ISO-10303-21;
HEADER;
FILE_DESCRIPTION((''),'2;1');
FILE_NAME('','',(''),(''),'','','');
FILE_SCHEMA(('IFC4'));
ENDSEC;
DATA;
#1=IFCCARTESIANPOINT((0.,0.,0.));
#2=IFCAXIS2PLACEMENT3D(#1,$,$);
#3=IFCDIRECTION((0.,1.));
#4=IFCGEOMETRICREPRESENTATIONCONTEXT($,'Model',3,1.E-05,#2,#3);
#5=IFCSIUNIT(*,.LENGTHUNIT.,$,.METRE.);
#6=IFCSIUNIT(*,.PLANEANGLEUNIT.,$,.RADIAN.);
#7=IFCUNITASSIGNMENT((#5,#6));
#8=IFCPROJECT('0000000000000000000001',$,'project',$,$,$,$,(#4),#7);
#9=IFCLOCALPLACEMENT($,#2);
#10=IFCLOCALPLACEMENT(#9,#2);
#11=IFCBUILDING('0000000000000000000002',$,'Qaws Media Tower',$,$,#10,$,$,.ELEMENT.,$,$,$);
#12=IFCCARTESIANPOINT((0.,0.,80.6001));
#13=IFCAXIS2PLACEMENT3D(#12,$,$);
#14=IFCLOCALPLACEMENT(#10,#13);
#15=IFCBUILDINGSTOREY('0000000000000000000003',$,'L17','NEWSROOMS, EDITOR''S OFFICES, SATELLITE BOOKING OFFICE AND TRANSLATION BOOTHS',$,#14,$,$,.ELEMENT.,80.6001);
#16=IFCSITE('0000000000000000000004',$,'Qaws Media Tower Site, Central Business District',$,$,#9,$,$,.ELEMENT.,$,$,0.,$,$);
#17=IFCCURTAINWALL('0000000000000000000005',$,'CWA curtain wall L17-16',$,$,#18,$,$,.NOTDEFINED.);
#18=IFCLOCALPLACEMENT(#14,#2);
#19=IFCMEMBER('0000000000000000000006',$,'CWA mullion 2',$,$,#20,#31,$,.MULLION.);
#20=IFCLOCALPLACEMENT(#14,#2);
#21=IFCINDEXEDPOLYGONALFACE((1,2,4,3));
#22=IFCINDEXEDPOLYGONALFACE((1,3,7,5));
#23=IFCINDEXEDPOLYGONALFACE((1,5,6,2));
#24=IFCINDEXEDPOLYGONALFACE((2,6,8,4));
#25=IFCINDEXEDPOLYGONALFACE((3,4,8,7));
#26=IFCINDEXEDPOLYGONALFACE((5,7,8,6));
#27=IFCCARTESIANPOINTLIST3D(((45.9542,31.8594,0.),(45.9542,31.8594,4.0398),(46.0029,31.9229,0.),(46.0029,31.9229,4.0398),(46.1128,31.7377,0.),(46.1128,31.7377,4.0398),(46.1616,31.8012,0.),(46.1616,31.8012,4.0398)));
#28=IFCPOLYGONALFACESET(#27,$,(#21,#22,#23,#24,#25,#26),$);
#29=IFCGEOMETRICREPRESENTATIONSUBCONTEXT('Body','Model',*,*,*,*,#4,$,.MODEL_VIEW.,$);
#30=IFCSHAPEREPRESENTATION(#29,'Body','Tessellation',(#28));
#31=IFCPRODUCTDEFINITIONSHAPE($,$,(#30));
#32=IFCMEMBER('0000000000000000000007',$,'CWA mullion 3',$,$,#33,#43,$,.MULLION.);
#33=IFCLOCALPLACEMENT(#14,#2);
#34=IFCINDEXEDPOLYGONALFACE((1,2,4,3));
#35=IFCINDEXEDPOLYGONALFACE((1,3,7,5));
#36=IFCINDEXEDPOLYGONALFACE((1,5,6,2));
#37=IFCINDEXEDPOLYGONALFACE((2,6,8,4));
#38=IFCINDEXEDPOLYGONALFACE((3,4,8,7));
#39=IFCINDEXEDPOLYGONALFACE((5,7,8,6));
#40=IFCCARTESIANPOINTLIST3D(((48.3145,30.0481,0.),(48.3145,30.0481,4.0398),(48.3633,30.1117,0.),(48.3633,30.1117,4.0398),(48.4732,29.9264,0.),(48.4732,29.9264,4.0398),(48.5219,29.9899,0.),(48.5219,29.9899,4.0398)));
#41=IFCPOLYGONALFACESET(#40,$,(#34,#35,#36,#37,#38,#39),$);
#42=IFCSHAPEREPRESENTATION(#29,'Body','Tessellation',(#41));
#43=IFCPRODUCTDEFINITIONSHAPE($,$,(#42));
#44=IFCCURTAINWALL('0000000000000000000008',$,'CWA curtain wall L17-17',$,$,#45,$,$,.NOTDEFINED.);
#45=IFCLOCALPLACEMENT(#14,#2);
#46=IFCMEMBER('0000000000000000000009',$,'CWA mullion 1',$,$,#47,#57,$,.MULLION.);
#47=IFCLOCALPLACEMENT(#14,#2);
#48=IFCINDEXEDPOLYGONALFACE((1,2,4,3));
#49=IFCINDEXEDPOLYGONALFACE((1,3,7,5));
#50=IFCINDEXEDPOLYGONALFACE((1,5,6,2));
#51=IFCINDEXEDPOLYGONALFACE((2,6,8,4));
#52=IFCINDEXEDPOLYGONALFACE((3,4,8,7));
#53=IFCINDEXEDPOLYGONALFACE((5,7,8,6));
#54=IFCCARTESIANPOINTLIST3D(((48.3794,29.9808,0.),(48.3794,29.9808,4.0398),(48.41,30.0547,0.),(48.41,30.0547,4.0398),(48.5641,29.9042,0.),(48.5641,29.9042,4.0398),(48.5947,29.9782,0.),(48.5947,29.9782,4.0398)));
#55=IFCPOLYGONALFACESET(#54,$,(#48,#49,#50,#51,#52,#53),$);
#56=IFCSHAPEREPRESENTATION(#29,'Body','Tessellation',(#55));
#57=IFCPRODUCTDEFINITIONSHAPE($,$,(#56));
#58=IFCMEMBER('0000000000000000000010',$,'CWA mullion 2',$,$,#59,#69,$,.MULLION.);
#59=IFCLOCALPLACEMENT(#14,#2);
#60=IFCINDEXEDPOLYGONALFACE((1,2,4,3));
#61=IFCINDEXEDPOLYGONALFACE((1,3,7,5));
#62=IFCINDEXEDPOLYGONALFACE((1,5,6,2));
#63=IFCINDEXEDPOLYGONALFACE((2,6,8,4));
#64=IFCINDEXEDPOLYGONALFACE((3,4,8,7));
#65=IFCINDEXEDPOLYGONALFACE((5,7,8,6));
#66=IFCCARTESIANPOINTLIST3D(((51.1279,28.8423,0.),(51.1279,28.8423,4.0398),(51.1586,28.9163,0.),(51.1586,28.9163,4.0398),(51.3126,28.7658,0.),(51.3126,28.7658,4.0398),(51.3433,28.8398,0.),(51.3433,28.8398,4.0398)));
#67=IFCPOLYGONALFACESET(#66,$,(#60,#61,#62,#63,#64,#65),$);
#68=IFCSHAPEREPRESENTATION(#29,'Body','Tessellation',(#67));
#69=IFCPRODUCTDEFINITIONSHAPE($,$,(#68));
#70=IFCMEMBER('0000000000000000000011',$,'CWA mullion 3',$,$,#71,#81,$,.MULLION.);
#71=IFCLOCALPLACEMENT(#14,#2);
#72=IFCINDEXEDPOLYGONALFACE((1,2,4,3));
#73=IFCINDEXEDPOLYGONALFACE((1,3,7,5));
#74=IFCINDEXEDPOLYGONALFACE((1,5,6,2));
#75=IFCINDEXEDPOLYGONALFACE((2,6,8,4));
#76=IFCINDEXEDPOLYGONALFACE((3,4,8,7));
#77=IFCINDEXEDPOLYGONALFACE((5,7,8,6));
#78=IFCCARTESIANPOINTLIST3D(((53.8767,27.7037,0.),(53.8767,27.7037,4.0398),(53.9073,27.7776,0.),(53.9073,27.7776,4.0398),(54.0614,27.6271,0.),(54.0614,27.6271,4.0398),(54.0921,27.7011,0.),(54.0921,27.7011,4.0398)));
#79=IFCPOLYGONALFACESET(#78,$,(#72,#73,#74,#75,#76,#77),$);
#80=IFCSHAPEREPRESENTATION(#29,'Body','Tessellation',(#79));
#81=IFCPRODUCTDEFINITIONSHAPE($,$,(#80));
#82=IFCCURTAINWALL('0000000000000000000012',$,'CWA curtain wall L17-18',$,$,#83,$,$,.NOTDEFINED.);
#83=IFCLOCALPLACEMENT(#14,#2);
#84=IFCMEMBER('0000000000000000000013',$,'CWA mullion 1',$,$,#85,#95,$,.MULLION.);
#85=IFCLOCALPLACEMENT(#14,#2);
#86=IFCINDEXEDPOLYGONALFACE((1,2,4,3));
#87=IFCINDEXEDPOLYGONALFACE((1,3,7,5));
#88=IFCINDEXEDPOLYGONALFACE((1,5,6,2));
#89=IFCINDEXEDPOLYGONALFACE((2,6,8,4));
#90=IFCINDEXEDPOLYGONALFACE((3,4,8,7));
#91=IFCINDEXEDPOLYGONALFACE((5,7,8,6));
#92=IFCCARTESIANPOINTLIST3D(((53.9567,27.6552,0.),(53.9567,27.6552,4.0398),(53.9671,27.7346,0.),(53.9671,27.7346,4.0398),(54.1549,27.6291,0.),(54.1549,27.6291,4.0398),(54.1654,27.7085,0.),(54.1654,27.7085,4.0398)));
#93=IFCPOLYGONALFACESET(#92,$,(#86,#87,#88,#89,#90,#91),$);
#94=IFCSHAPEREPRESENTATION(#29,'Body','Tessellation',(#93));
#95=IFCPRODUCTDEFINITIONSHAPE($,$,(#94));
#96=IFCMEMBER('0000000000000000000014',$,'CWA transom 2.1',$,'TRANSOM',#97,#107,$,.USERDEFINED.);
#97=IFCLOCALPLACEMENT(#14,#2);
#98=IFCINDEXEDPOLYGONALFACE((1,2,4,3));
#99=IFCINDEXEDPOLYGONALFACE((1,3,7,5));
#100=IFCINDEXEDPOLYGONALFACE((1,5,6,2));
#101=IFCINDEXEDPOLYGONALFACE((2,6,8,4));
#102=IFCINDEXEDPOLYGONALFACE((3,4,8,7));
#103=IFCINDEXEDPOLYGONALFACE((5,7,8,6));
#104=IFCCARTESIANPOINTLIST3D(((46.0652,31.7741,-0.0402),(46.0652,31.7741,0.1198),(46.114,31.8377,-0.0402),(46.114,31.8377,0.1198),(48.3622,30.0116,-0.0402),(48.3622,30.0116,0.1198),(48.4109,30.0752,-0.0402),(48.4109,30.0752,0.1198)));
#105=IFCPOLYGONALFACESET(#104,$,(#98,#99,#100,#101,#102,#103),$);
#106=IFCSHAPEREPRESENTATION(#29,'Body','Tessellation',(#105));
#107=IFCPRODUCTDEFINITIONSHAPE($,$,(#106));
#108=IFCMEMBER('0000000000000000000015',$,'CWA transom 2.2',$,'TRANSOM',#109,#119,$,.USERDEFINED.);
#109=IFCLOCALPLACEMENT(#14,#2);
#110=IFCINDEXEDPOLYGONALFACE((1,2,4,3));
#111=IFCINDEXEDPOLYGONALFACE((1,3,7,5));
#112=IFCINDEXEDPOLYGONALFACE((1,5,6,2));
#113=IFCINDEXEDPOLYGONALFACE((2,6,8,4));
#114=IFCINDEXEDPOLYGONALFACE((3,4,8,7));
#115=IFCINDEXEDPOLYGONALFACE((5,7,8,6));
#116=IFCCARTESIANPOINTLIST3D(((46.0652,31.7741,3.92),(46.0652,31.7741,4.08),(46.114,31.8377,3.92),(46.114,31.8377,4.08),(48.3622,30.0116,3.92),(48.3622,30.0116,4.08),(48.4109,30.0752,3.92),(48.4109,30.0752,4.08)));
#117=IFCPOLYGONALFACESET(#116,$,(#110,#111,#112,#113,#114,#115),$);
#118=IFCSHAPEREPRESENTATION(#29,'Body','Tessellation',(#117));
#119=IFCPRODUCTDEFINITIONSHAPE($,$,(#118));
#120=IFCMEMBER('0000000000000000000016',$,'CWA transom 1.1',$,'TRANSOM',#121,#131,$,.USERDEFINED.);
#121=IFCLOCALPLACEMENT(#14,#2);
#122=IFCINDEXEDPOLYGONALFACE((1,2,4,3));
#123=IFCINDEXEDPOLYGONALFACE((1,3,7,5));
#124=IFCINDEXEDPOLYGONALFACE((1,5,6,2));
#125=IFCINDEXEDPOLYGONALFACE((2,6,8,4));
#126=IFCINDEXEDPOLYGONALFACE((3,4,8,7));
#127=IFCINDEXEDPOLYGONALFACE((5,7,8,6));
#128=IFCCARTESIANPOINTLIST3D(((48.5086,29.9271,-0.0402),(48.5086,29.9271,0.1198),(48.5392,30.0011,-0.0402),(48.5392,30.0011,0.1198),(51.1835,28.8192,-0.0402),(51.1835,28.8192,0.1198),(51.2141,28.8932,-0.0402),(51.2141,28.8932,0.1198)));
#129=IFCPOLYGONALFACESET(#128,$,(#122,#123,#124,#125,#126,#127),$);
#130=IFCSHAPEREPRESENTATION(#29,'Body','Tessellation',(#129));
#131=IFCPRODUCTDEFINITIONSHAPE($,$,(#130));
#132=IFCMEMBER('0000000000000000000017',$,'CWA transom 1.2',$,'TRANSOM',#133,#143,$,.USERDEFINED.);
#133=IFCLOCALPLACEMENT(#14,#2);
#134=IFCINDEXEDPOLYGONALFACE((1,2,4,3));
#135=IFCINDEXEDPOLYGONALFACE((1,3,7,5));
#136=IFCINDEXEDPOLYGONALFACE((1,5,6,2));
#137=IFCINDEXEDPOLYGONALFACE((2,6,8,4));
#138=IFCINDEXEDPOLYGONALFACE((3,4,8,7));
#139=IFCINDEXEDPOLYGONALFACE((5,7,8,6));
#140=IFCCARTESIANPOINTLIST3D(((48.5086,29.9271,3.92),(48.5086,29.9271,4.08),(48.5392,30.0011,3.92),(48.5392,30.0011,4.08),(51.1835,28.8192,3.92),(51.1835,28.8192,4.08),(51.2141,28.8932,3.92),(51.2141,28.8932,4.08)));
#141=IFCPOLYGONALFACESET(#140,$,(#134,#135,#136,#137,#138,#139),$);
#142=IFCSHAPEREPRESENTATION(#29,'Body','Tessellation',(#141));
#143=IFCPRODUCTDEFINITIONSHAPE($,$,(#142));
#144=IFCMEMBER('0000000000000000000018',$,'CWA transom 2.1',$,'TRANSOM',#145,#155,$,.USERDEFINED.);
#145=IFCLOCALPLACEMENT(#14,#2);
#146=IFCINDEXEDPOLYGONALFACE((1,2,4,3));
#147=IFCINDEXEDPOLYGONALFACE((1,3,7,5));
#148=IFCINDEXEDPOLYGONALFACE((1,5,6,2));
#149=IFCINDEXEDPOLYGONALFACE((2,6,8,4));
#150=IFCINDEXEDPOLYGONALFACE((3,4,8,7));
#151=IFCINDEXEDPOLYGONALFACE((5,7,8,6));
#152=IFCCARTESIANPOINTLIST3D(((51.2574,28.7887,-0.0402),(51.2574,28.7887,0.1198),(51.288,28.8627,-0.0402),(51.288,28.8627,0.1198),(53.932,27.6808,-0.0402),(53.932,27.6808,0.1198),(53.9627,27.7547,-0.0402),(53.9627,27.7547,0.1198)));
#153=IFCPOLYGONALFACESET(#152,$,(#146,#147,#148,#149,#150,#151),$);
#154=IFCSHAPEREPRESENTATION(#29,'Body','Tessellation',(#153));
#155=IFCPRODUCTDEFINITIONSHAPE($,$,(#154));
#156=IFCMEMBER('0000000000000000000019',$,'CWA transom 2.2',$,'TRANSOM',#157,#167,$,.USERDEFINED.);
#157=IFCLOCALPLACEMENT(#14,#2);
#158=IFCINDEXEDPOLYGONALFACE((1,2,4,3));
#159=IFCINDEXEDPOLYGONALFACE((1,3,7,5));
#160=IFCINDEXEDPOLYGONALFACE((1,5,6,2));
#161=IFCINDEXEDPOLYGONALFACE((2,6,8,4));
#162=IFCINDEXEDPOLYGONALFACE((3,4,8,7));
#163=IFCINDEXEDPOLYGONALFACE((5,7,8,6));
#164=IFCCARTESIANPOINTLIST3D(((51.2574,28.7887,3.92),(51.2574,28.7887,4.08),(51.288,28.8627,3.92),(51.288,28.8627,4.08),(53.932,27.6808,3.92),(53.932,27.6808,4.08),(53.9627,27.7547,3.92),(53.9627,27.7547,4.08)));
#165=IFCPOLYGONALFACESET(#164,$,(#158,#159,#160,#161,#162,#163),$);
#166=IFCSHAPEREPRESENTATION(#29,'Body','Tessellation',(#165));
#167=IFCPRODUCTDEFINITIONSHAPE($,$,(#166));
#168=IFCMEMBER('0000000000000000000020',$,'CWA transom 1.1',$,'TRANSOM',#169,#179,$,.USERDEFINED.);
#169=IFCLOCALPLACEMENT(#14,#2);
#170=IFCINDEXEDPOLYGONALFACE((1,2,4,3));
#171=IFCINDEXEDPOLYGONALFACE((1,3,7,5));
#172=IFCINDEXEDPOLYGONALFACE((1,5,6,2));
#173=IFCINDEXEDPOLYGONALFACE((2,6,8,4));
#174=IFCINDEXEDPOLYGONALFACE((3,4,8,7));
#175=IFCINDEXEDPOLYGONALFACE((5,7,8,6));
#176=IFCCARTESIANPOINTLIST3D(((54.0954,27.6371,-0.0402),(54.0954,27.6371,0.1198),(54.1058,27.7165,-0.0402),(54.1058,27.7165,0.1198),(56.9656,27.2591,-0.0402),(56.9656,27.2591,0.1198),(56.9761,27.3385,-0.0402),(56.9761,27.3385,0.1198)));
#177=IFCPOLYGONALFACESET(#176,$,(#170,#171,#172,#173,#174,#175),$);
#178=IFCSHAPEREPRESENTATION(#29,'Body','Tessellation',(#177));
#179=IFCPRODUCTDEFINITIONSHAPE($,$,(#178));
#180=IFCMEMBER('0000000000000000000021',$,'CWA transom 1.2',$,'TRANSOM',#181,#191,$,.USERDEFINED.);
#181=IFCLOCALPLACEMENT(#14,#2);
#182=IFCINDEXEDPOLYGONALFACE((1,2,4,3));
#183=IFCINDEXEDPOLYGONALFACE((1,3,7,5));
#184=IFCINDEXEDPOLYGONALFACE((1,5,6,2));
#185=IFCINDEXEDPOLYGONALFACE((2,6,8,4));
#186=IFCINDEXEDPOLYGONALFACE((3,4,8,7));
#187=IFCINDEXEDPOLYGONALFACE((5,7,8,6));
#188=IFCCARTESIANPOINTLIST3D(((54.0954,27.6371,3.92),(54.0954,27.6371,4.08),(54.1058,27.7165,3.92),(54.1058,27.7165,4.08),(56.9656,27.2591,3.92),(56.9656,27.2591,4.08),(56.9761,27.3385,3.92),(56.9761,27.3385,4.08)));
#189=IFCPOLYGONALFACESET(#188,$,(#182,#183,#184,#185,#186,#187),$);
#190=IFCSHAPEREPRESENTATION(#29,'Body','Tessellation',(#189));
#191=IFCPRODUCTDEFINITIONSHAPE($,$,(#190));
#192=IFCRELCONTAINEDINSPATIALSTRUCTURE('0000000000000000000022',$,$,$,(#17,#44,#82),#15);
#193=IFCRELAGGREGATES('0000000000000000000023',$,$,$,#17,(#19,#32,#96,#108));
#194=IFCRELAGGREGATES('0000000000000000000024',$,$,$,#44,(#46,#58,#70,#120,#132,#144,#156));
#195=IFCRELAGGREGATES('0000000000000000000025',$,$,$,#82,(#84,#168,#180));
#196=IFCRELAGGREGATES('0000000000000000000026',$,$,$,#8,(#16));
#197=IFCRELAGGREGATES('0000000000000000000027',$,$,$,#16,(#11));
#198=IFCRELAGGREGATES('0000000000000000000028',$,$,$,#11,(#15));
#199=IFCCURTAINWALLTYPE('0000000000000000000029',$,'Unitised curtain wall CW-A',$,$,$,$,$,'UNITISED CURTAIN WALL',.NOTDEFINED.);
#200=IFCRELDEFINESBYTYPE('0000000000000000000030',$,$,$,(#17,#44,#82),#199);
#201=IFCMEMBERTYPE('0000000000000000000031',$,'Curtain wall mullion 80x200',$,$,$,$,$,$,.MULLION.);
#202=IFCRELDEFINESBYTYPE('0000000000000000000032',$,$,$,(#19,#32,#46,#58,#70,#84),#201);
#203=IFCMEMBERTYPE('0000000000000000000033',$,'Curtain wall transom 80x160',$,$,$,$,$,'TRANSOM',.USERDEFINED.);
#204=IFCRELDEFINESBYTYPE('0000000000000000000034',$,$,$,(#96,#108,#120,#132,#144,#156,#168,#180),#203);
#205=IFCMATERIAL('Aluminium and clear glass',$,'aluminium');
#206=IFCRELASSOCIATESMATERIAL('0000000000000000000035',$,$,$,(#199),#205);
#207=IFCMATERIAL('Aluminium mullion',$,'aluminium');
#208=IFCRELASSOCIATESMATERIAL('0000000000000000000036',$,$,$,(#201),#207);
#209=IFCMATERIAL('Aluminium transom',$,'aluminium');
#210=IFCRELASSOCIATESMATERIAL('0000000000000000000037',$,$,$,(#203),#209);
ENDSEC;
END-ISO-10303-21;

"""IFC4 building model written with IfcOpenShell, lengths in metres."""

from ifc_helpers import new_model, si_unit, direction, frame, origin, origin_2d, place, context, subcontext, project, spatial, rectangle, extrude, material, material_profile, profile_set, type_object, element, aggregate, save


model = new_model("IFC4")

# Units and contexts
model_context = context("Model", 3, precision=1e-05, world=origin(), true_north=direction((0.0, 1.0)))
body_context = subcontext(model_context, "Body", "Model", "MODEL_VIEW")
ifc_project = project(units=[si_unit("LENGTHUNIT", "METRE"), si_unit("PLANEANGLEUNIT", "RADIAN")], contexts=[model_context])

# Site, building, storey
site_placement = place(None, origin())
site = spatial("IfcSite", under=ifc_project, at=site_placement, Name="Qaws Media Tower Site, Central Business District", CompositionType="ELEMENT", RefElevation=0.0)
building_placement = place(site_placement, origin())
building = spatial("IfcBuilding", under=site, at=building_placement, Name="Qaws Media Tower", CompositionType="ELEMENT")
storey_placement = place(building_placement, frame((0.0, 0.0, 80.6001)))
storey = spatial("IfcBuildingStorey", under=building, at=storey_placement, Name="L17", Description="NEWSROOMS, EDITOR'S OFFICES, SATELLITE BOOKING OFFICE AND TRANSLATION BOOTHS", CompositionType="ELEMENT", Elevation=80.6001)

# Curtain walls, members
ifc_material_1 = material(Name="Aluminium and clear glass", Category="aluminium")
curtain_wall_type = type_object("IfcCurtainWallType", Name="Unitised curtain wall CW-A", ElementType="UNITISED CURTAIN WALL", PredefinedType="NOTDEFINED", material=ifc_material_1)
curtain_wall_1_placement = place(storey_placement, origin())
curtain_wall_1 = element("IfcCurtainWall", 1, at=curtain_wall_1_placement, inside=storey, type_object=curtain_wall_type, Name="CWA curtain wall L17-16", PredefinedType="NOTDEFINED")
ifc_material_2 = material(Name="Aluminium mullion", Category="aluminium")
ifc_material_profile_1 = material_profile(ifc_material_2, rectangle(XDim=0.0801, YDim=0.2, at=origin_2d()), Name="80x200")
ifc_profile_set_1 = profile_set([ifc_material_profile_1], Name="Aluminium mullion")
member_type_1 = type_object("IfcMemberType", Name="Curtain wall mullion 80x200", PredefinedType="MULLION", material=ifc_profile_set_1)
member_1_placement = place(storey_placement, frame((46.0579, 31.8303, 0.0), z_axis=(0.0, 0.0, 1.0), x_axis=(0.608761, 0.793353, 0.0)))
member_1 = element("IfcMember", 2, at=member_1_placement, type_object=member_type_1, Name="CWA mullion 2", PredefinedType="MULLION", context=body_context, shape_type="SweptSolid", body=[
    extrude(rectangle(XDim=0.0801, YDim=0.2, at=origin_2d()), origin(), (0.0, 0.0, 1.0), 4.0398),
])
member_2_placement = place(storey_placement, frame((48.4182, 30.019, 0.0), z_axis=(0.0, 0.0, 1.0), x_axis=(0.608761, 0.793353, 0.0)))
member_2 = element("IfcMember", 3, at=member_2_placement, type_object=member_type_1, Name="CWA mullion 3", PredefinedType="MULLION", context=body_context, shape_type="SweptSolid", body=[
    extrude(rectangle(XDim=0.0801, YDim=0.2, at=origin_2d()), origin(), (0.0, 0.0, 1.0), 4.0398),
])
curtain_wall_2_placement = place(storey_placement, origin())
curtain_wall_2 = element("IfcCurtainWall", 4, at=curtain_wall_2_placement, inside=storey, type_object=curtain_wall_type, Name="CWA curtain wall L17-17", PredefinedType="NOTDEFINED")
member_3_placement = place(storey_placement, frame((48.4871, 29.9795, 0.0), z_axis=(0.0, 0.0, 1.0), x_axis=(0.382683, 0.92388, 0.0)))
member_3 = element("IfcMember", 5, at=member_3_placement, type_object=member_type_1, Name="CWA mullion 1", PredefinedType="MULLION", context=body_context, shape_type="SweptSolid", body=[
    extrude(rectangle(XDim=0.0801, YDim=0.2, at=origin_2d()), origin(), (0.0, 0.0, 1.0), 4.0398),
])
member_4_placement = place(storey_placement, frame((51.2356, 28.8411, 0.0), z_axis=(0.0, 0.0, 1.0), x_axis=(0.382683, 0.92388, 0.0)))
member_4 = element("IfcMember", 6, at=member_4_placement, type_object=member_type_1, Name="CWA mullion 2", PredefinedType="MULLION", context=body_context, shape_type="SweptSolid", body=[
    extrude(rectangle(XDim=0.0801, YDim=0.2, at=origin_2d()), origin(), (0.0, 0.0, 1.0), 4.0398),
])
member_5_placement = place(storey_placement, frame((53.9844, 27.7024, 0.0), z_axis=(0.0, 0.0, 1.0), x_axis=(0.382683, 0.92388, 0.0)))
member_5 = element("IfcMember", 7, at=member_5_placement, type_object=member_type_1, Name="CWA mullion 3", PredefinedType="MULLION", context=body_context, shape_type="SweptSolid", body=[
    extrude(rectangle(XDim=0.0801, YDim=0.2, at=origin_2d()), origin(), (0.0, 0.0, 1.0), 4.0398),
])

# Curtain wall, member
curtain_wall_3_placement = place(storey_placement, origin())
curtain_wall_3 = element("IfcCurtainWall", 8, at=curtain_wall_3_placement, inside=storey, type_object=curtain_wall_type, Name="CWA curtain wall L17-18", PredefinedType="NOTDEFINED")
member_6_placement = place(storey_placement, frame((54.061, 27.6819, 0.0), z_axis=(0.0, 0.0, 1.0), x_axis=(0.130526, 0.991445, 0.0)))
member_6 = element("IfcMember", 9, at=member_6_placement, type_object=member_type_1, Name="CWA mullion 1", PredefinedType="MULLION", context=body_context, shape_type="SweptSolid", body=[
    extrude(rectangle(XDim=0.0801, YDim=0.2, at=origin_2d()), origin(), (0.0, 0.0, 1.0), 4.0398),
])

# Members
ifc_material_3 = material(Name="Aluminium transom", Category="aluminium")
ifc_material_profile_2 = material_profile(ifc_material_3, rectangle(XDim=0.0801, YDim=0.1599, at=origin_2d()), Name="80x160")
ifc_profile_set_2 = profile_set([ifc_material_profile_2], Name="Aluminium transom")
member_type_2 = type_object("IfcMemberType", Name="Curtain wall transom 80x160", ElementType="TRANSOM", PredefinedType="USERDEFINED", material=ifc_profile_set_2)
member_7_placement = place(storey_placement, frame((46.0896, 31.8059, 0.0398), z_axis=(0.793354, -0.608761, 0.0), x_axis=(0.608761, 0.793354, 0.0)))
member_7 = element("IfcMember", 10, at=member_7_placement, type_object=member_type_2, Name="CWA transom 2.1", ObjectType="TRANSOM", PredefinedType="USERDEFINED", context=body_context, shape_type="SweptSolid", body=[
    extrude(rectangle(XDim=0.0801, YDim=0.1599, at=origin_2d()), origin(), (0.0, 0.0, 1.0), 2.8953),
])
member_8_placement = place(storey_placement, frame((46.0896, 31.8059, 4.0), z_axis=(0.793354, -0.608761, 0.0), x_axis=(0.608761, 0.793354, 0.0)))
member_8 = element("IfcMember", 11, at=member_8_placement, type_object=member_type_2, Name="CWA transom 2.2", ObjectType="TRANSOM", PredefinedType="USERDEFINED", context=body_context, shape_type="SweptSolid", body=[
    extrude(rectangle(XDim=0.0801, YDim=0.1599, at=origin_2d()), origin(), (0.0, 0.0, 1.0), 2.8953),
])
member_9_placement = place(storey_placement, frame((48.5239, 29.9641, 0.0398), z_axis=(0.923883, -0.382675, 0.0), x_axis=(0.382675, 0.923883, 0.0)))
member_9 = element("IfcMember", 12, at=member_9_placement, type_object=member_type_2, Name="CWA transom 1.1", ObjectType="TRANSOM", PredefinedType="USERDEFINED", context=body_context, shape_type="SweptSolid", body=[
    extrude(rectangle(XDim=0.0801, YDim=0.1599, at=origin_2d()), origin(), (0.0, 0.0, 1.0), 2.8953),
])
member_10_placement = place(storey_placement, frame((48.5239, 29.9641, 4.0), z_axis=(0.923883, -0.382675, 0.0), x_axis=(0.382675, 0.923883, 0.0)))
member_10 = element("IfcMember", 13, at=member_10_placement, type_object=member_type_2, Name="CWA transom 1.2", ObjectType="TRANSOM", PredefinedType="USERDEFINED", context=body_context, shape_type="SweptSolid", body=[
    extrude(rectangle(XDim=0.0801, YDim=0.1599, at=origin_2d()), origin(), (0.0, 0.0, 1.0), 2.8953),
])
member_11_placement = place(storey_placement, frame((51.2727, 28.8257, 0.0398), z_axis=(0.923871, -0.382704, 0.0), x_axis=(0.382704, 0.923871, 0.0)))
member_11 = element("IfcMember", 14, at=member_11_placement, type_object=member_type_2, Name="CWA transom 2.1", ObjectType="TRANSOM", PredefinedType="USERDEFINED", context=body_context, shape_type="SweptSolid", body=[
    extrude(rectangle(XDim=0.0801, YDim=0.1599, at=origin_2d()), origin(), (0.0, 0.0, 1.0), 2.895),
])
member_12_placement = place(storey_placement, frame((51.2727, 28.8257, 4.0), z_axis=(0.923871, -0.382704, 0.0), x_axis=(0.382704, 0.923871, 0.0)))
member_12 = element("IfcMember", 15, at=member_12_placement, type_object=member_type_2, Name="CWA transom 2.2", ObjectType="TRANSOM", PredefinedType="USERDEFINED", context=body_context, shape_type="SweptSolid", body=[
    extrude(rectangle(XDim=0.0801, YDim=0.1599, at=origin_2d()), origin(), (0.0, 0.0, 1.0), 2.895),
])
member_13_placement = place(storey_placement, frame((54.1006, 27.6768, 0.0398), z_axis=(0.991443, -0.13054, 0.0), x_axis=(0.13054, 0.991443, 0.0)))
member_13 = element("IfcMember", 16, at=member_13_placement, type_object=member_type_2, Name="CWA transom 1.1", ObjectType="TRANSOM", PredefinedType="USERDEFINED", context=body_context, shape_type="SweptSolid", body=[
    extrude(rectangle(XDim=0.0801, YDim=0.1599, at=origin_2d()), origin(), (0.0, 0.0, 1.0), 2.895),
])
member_14_placement = place(storey_placement, frame((54.1006, 27.6768, 4.0), z_axis=(0.991443, -0.13054, 0.0), x_axis=(0.13054, 0.991443, 0.0)))
member_14 = element("IfcMember", 17, at=member_14_placement, type_object=member_type_2, Name="CWA transom 1.2", ObjectType="TRANSOM", PredefinedType="USERDEFINED", context=body_context, shape_type="SweptSolid", body=[
    extrude(rectangle(XDim=0.0801, YDim=0.1599, at=origin_2d()), origin(), (0.0, 0.0, 1.0), 2.895),
])

aggregate(curtain_wall_1, [member_1, member_2, member_7, member_8])
aggregate(curtain_wall_2, [member_3, member_4, member_5, member_9, member_10, member_11, member_12])
aggregate(curtain_wall_3, [member_6, member_13, member_14])

save(model, "model.ifc")
